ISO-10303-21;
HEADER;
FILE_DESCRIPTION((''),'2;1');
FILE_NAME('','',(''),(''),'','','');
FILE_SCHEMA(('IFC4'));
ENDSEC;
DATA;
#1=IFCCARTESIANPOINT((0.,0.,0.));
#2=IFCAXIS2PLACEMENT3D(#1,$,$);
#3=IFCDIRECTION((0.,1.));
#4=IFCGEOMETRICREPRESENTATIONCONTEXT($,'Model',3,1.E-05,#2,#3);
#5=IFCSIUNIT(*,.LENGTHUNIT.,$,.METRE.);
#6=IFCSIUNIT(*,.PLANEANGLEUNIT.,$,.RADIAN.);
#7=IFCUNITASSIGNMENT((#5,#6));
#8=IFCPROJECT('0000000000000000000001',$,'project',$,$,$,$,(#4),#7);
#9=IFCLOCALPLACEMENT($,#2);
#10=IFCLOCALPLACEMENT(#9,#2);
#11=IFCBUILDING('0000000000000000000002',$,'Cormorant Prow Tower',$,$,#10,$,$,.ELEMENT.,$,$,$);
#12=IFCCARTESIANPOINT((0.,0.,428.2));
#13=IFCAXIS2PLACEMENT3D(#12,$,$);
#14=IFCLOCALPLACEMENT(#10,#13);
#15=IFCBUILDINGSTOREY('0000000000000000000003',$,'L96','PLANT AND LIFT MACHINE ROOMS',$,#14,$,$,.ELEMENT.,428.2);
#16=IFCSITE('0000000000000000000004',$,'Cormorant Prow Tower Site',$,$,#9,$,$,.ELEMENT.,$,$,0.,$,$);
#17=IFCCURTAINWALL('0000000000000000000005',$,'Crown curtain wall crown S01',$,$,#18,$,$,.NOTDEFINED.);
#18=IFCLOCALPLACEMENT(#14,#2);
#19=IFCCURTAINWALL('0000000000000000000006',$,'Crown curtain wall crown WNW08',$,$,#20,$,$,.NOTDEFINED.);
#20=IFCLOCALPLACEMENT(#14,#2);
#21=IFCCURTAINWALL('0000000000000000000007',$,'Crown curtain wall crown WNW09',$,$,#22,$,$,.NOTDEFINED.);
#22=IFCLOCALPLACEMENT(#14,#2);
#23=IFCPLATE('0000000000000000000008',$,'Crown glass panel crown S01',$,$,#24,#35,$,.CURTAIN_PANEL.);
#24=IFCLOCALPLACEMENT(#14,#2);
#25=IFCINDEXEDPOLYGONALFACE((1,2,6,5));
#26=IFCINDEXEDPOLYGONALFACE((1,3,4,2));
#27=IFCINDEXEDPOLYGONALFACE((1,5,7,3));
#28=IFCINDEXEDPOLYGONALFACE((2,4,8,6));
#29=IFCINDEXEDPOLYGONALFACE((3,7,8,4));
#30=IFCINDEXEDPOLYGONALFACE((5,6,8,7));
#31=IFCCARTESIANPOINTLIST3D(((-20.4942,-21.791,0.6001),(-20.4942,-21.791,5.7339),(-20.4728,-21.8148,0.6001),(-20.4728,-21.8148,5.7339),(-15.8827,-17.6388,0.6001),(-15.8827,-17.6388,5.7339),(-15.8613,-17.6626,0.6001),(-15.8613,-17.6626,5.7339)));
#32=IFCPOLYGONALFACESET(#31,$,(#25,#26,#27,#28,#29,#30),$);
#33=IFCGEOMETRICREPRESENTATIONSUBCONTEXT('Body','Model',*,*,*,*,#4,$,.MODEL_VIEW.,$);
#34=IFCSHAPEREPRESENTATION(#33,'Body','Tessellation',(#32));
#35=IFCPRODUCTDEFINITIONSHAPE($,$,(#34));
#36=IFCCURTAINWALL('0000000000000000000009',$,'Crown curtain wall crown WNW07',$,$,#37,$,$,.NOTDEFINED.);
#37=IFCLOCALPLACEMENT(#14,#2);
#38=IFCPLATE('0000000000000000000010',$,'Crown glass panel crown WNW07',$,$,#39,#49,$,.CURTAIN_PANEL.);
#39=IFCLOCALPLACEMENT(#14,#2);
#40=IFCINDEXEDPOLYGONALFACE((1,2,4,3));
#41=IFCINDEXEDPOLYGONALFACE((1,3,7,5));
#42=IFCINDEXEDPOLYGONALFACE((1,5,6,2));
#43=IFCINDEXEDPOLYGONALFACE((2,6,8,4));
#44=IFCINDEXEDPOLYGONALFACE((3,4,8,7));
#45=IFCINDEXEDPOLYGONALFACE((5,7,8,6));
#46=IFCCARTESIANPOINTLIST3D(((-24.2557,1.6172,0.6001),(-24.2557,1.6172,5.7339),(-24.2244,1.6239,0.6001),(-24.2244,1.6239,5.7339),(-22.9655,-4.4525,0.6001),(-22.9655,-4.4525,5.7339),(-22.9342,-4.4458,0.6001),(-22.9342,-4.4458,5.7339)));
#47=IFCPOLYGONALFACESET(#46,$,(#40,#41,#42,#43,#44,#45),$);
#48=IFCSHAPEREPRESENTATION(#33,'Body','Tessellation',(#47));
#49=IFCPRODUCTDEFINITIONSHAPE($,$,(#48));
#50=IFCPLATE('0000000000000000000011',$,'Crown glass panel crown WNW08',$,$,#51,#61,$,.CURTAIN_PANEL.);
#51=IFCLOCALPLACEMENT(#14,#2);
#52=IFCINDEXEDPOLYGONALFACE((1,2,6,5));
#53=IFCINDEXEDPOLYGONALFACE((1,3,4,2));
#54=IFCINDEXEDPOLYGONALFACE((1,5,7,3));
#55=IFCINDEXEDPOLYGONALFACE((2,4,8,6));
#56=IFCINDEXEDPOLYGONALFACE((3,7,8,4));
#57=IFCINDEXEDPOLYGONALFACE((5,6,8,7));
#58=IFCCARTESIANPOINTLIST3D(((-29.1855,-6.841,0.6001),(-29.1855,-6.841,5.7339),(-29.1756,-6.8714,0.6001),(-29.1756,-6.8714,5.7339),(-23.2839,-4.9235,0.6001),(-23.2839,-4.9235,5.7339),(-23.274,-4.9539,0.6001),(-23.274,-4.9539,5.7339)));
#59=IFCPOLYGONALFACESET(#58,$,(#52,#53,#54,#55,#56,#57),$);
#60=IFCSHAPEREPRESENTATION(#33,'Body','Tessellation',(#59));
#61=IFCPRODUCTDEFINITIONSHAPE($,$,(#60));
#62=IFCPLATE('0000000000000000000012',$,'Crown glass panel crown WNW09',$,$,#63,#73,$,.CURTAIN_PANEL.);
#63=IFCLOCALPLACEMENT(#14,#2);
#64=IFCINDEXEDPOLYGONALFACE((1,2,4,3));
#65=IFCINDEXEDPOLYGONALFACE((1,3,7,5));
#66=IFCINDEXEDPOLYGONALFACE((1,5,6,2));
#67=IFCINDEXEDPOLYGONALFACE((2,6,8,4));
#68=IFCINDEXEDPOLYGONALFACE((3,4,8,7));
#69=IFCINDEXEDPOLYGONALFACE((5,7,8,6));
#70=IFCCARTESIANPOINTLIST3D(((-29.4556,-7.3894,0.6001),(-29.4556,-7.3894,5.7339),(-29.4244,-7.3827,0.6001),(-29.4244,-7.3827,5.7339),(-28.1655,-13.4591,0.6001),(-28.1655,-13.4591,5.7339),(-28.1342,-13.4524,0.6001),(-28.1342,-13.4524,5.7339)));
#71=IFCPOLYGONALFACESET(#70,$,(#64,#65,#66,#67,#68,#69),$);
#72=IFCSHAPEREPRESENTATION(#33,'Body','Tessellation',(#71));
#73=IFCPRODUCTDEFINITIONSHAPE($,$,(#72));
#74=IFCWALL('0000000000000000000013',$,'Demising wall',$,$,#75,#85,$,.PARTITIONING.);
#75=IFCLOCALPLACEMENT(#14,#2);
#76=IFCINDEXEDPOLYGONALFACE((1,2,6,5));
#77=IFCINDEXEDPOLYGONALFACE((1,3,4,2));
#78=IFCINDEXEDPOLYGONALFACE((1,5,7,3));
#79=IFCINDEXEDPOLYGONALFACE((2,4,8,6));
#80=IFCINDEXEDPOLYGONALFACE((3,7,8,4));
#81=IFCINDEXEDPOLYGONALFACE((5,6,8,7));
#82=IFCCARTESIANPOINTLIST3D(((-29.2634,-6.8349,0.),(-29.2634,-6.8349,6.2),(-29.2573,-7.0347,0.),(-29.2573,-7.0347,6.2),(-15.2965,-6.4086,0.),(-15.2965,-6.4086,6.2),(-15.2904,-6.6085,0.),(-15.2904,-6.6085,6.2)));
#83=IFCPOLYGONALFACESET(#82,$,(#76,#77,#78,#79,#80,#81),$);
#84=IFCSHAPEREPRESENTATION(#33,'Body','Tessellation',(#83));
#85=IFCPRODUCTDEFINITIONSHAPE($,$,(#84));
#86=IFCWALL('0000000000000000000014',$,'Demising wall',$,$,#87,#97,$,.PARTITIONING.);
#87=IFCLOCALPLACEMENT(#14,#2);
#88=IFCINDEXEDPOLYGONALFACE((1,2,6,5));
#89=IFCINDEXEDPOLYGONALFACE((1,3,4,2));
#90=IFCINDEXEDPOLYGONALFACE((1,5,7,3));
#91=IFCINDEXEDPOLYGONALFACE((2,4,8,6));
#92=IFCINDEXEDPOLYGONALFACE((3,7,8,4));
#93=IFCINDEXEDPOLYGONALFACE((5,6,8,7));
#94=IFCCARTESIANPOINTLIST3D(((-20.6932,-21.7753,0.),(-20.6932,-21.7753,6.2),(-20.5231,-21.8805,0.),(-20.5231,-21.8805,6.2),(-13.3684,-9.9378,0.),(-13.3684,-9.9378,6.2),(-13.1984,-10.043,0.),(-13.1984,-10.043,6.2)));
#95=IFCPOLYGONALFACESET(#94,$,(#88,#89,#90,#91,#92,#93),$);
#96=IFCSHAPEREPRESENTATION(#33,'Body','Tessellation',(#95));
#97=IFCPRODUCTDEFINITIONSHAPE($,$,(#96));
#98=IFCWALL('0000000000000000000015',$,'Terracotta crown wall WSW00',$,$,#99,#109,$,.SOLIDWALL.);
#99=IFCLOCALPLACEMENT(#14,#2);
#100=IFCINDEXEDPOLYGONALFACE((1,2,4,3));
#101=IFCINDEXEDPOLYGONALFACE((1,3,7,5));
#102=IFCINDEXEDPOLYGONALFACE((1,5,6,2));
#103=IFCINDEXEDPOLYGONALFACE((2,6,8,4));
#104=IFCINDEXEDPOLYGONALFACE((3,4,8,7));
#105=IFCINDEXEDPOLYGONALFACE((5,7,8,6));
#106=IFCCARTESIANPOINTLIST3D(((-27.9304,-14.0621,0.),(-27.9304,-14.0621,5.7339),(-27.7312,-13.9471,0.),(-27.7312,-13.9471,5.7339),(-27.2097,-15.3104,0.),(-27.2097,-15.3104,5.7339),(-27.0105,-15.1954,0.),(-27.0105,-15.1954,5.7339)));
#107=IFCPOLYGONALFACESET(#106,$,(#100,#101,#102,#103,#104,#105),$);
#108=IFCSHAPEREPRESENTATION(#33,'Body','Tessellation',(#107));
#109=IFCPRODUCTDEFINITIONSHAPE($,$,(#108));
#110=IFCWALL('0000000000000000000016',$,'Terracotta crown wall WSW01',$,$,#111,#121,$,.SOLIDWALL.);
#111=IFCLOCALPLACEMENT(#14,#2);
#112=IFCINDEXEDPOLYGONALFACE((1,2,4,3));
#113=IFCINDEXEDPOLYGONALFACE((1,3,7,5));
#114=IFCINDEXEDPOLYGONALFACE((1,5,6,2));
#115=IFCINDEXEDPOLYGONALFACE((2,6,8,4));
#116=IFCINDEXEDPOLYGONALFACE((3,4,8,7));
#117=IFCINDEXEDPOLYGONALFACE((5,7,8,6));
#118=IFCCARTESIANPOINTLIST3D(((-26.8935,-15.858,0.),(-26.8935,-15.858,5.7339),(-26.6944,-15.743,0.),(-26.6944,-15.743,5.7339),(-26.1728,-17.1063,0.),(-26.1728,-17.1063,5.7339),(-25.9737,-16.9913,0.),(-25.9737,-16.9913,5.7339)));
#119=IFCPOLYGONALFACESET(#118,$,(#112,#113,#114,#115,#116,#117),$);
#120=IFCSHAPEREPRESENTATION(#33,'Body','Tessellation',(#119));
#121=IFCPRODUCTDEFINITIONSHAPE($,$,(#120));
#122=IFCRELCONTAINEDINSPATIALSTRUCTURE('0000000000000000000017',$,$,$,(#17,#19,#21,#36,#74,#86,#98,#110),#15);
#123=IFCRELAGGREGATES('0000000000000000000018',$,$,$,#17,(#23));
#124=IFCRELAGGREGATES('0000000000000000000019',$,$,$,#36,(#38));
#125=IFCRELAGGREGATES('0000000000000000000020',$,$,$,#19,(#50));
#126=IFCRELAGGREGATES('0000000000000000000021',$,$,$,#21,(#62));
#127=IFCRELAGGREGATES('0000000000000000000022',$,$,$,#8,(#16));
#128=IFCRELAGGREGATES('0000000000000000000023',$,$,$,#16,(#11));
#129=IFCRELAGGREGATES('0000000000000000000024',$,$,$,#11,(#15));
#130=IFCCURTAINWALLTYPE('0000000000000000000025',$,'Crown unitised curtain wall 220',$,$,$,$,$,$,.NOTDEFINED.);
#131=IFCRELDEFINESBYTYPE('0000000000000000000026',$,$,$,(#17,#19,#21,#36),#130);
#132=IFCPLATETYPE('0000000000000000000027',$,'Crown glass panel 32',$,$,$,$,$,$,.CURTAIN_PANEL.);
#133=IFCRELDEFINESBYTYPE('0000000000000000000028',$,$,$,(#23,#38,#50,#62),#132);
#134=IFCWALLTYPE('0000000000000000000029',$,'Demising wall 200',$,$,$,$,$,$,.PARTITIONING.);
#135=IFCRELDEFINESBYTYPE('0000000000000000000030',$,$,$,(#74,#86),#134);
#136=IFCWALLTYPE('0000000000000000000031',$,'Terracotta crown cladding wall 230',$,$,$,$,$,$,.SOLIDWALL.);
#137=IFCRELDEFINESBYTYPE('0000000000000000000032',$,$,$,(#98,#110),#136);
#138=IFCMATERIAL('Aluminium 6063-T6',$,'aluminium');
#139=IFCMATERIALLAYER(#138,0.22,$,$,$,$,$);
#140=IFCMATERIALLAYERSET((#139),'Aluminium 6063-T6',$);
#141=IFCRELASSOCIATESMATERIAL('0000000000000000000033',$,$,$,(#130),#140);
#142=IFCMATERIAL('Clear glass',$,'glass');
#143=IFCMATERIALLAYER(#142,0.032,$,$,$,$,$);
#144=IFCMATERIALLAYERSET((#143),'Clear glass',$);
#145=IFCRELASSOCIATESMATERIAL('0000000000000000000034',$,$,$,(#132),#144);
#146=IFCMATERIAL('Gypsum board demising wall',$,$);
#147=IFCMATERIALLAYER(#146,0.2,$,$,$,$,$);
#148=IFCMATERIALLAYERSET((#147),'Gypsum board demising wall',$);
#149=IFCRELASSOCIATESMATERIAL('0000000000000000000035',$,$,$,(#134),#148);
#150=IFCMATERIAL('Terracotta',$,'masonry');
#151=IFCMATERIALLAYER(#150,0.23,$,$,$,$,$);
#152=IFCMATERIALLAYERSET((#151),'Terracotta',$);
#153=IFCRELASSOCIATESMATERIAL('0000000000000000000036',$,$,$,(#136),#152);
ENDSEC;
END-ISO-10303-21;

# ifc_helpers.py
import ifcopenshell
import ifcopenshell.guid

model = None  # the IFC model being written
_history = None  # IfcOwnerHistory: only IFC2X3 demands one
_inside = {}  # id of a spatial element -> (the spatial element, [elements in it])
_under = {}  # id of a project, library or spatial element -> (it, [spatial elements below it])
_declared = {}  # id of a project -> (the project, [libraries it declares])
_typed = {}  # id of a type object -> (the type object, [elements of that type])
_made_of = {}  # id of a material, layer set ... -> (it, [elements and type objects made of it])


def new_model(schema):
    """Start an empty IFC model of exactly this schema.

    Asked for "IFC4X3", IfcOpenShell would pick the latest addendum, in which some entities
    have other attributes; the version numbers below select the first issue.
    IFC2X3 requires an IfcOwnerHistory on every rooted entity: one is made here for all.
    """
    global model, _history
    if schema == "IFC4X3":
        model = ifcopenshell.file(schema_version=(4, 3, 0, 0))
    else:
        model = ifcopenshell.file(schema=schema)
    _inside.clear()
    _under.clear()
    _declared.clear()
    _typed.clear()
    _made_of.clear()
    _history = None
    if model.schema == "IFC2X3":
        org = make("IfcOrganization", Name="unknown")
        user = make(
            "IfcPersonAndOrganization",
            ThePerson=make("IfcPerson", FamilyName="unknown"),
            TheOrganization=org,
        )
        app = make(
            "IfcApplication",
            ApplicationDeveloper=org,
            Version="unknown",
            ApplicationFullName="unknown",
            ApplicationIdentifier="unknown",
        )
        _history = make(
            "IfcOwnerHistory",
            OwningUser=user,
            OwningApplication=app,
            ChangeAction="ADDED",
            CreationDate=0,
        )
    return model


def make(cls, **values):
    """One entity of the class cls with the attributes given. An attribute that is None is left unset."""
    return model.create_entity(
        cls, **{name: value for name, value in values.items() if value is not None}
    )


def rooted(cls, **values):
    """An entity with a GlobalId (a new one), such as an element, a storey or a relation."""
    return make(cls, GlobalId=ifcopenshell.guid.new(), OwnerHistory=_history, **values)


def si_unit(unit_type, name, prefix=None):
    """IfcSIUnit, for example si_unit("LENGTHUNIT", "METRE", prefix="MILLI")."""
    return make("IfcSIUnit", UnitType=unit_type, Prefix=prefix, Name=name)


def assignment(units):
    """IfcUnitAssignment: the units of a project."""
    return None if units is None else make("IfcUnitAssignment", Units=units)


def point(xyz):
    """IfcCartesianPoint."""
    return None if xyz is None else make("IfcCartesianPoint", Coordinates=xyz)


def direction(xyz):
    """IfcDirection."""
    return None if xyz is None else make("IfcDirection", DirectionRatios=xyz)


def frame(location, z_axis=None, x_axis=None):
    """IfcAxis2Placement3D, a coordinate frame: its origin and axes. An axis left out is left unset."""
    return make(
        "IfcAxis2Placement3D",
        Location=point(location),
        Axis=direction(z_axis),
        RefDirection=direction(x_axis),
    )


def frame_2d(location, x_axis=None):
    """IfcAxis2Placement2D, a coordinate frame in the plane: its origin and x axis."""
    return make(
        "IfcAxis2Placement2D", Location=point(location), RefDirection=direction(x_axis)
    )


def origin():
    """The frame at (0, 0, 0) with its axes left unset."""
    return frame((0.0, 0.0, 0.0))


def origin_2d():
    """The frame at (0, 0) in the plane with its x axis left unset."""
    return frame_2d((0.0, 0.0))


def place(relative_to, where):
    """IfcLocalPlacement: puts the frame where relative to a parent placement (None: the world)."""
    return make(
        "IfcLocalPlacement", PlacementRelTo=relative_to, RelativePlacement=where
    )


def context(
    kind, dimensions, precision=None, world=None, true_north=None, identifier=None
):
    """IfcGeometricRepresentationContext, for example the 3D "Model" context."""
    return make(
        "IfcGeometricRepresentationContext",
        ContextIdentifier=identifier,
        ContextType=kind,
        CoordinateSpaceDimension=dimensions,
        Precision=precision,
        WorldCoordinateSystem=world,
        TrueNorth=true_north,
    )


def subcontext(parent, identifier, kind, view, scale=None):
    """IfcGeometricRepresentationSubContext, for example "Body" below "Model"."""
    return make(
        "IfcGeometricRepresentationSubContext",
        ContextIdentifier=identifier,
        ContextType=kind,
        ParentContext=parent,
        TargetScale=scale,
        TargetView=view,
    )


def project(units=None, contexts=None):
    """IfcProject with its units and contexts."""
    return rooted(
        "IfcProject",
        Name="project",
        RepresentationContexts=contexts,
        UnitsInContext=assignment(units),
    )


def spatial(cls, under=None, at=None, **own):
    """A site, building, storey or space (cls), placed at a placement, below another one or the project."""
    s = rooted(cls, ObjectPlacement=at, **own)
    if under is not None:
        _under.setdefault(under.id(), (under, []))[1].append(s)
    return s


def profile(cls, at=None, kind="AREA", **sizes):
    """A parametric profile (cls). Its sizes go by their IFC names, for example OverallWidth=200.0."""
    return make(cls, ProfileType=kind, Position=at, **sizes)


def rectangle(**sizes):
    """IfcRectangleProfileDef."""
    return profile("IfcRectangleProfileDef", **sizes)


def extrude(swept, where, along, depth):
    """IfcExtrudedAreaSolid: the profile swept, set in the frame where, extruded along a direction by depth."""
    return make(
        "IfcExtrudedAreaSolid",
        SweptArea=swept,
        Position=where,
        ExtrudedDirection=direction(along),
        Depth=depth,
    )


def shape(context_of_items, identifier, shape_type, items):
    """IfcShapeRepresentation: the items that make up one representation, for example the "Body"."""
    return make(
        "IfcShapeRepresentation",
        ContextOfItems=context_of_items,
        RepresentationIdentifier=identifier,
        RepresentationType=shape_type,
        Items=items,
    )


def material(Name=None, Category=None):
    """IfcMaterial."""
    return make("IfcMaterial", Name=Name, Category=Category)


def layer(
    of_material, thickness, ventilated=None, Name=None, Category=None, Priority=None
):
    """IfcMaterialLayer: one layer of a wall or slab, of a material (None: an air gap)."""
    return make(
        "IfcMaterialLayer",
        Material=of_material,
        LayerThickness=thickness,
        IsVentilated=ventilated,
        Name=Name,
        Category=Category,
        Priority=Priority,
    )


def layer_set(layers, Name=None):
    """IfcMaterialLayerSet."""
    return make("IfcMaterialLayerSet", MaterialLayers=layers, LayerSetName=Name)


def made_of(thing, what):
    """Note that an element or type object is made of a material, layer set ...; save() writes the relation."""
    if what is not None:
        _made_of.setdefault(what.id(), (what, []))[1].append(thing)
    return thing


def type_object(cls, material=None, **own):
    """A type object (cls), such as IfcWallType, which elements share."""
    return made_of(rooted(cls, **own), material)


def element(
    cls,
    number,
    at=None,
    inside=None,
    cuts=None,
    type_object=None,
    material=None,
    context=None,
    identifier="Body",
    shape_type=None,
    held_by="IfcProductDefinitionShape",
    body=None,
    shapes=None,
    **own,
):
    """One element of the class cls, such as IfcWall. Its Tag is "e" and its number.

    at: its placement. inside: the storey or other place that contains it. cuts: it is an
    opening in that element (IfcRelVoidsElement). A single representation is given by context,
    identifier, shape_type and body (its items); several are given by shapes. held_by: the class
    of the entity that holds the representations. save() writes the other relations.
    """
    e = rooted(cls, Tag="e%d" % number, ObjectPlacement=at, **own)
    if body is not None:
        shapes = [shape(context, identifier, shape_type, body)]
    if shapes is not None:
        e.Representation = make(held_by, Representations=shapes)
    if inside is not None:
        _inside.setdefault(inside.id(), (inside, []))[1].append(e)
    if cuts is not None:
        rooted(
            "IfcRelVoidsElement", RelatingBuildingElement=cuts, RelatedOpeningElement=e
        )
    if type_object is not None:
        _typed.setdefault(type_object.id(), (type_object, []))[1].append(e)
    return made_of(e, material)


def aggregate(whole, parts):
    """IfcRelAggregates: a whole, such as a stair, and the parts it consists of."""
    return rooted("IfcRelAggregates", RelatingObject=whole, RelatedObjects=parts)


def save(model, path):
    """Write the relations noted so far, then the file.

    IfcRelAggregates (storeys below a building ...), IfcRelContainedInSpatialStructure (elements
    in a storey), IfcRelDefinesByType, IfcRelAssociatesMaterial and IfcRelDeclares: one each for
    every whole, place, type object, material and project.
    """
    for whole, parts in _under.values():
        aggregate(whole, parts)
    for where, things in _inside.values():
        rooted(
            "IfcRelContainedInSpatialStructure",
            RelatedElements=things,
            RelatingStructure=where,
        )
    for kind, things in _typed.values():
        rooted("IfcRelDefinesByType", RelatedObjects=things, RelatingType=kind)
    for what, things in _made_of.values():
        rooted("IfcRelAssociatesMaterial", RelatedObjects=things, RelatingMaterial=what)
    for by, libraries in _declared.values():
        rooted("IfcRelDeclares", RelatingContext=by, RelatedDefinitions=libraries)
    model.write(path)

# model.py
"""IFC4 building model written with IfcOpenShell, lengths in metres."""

from ifc_helpers import new_model, si_unit, direction, frame, frame_2d, origin, origin_2d, place, context, subcontext, project, spatial, rectangle, extrude, material, layer, layer_set, type_object, element, aggregate, save


model = new_model("IFC4")

# Units and contexts
model_context = context("Model", 3, precision=1e-05, world=origin(), true_north=direction((0.0, 1.0)))
body_context = subcontext(model_context, "Body", "Model", "MODEL_VIEW")
ifc_project = project(units=[si_unit("LENGTHUNIT", "METRE"), si_unit("PLANEANGLEUNIT", "RADIAN")], contexts=[model_context])

# Site, building, storey
site_placement = place(None, origin())
site = spatial("IfcSite", under=ifc_project, at=site_placement, Name="Cormorant Prow Tower Site", CompositionType="ELEMENT", RefElevation=0.0)
building_placement = place(site_placement, origin())
building = spatial("IfcBuilding", under=site, at=building_placement, Name="Cormorant Prow Tower", CompositionType="ELEMENT")
storey_placement = place(building_placement, frame((0.0, 0.0, 428.2)))
storey = spatial("IfcBuildingStorey", under=building, at=storey_placement, Name="L96", Description="PLANT AND LIFT MACHINE ROOMS", CompositionType="ELEMENT", Elevation=428.2)

# Curtain walls
ifc_material_1 = material(Name="Aluminium 6063-T6", Category="aluminium")
ifc_layer_1 = layer(ifc_material_1, 0.22)
ifc_layer_set_1 = layer_set([ifc_layer_1], Name="Aluminium 6063-T6")
curtain_wall_type = type_object("IfcCurtainWallType", Name="Crown unitised curtain wall 220", PredefinedType="NOTDEFINED", material=ifc_layer_set_1)
curtain_wall_1_placement = place(storey_placement, origin())
curtain_wall_1 = element("IfcCurtainWall", 1, at=curtain_wall_1_placement, inside=storey, type_object=curtain_wall_type, Name="Crown curtain wall crown S01", PredefinedType="NOTDEFINED")
curtain_wall_2_placement = place(storey_placement, origin())
curtain_wall_2 = element("IfcCurtainWall", 2, at=curtain_wall_2_placement, inside=storey, type_object=curtain_wall_type, Name="Crown curtain wall crown WNW08", PredefinedType="NOTDEFINED")
curtain_wall_3_placement = place(storey_placement, origin())
curtain_wall_3 = element("IfcCurtainWall", 3, at=curtain_wall_3_placement, inside=storey, type_object=curtain_wall_type, Name="Crown curtain wall crown WNW09", PredefinedType="NOTDEFINED")

# Plate
ifc_material_2 = material(Name="Clear glass", Category="glass")
ifc_layer_2 = layer(ifc_material_2, 0.032)
ifc_layer_set_2 = layer_set([ifc_layer_2], Name="Clear glass")
plate_type = type_object("IfcPlateType", Name="Crown glass panel 32", PredefinedType="CURTAIN_PANEL", material=ifc_layer_set_2)
plate_1_placement = place(storey_placement, frame((-18.1777, -19.7268, 0.6001), z_axis=(0.0, 0.0, 1.0), x_axis=(0.743145, 0.669131, 0.0)))
plate_1 = element("IfcPlate", 4, at=plate_1_placement, type_object=plate_type, Name="Crown glass panel crown S01", PredefinedType="CURTAIN_PANEL", context=body_context, shape_type="SweptSolid", body=[
    extrude(rectangle(XDim=6.2053, YDim=0.032, at=origin_2d()), origin(), (0.0, 0.0, 1.0), 5.1338),
])
aggregate(curtain_wall_1, [plate_1])

# Curtain wall, plate
curtain_wall_4_placement = place(storey_placement, origin())
curtain_wall_4 = element("IfcCurtainWall", 5, at=curtain_wall_4_placement, inside=storey, type_object=curtain_wall_type, Name="Crown curtain wall crown WNW07", PredefinedType="NOTDEFINED")
plate_2_placement = place(storey_placement, frame((-23.595, -1.4143, 0.6001), z_axis=(0.0, 0.0, 1.0), x_axis=(0.207912, -0.978148, 0.0)))
plate_2 = element("IfcPlate", 6, at=plate_2_placement, type_object=plate_type, Name="Crown glass panel crown WNW07", PredefinedType="CURTAIN_PANEL", context=body_context, shape_type="SweptSolid", body=[
    extrude(rectangle(XDim=6.2053, YDim=0.032, at=origin_2d()), origin(), (0.0, 0.0, 1.0), 5.1338),
])
aggregate(curtain_wall_4, [plate_2])

# Plates
plate_3_placement = place(storey_placement, frame((-26.2297, -5.8975, 0.6001), z_axis=(0.0, 0.0, 1.0), x_axis=(-0.951057, -0.309017, 0.0)))
plate_3 = element("IfcPlate", 7, at=plate_3_placement, type_object=plate_type, Name="Crown glass panel crown WNW08", PredefinedType="CURTAIN_PANEL", context=body_context, shape_type="SweptSolid", body=[
    extrude(rectangle(XDim=6.2053, YDim=0.032, at=origin_2d()), origin(), (0.0, 0.0, 1.0), 5.1338),
])
aggregate(curtain_wall_2, [plate_3])
plate_4_placement = place(storey_placement, frame((-28.7949, -10.4209, 0.6001), z_axis=(0.0, 0.0, 1.0), x_axis=(0.207912, -0.978148, 0.0)))
plate_4 = element("IfcPlate", 8, at=plate_4_placement, type_object=plate_type, Name="Crown glass panel crown WNW09", PredefinedType="CURTAIN_PANEL", context=body_context, shape_type="SweptSolid", body=[
    extrude(rectangle(XDim=6.2053, YDim=0.032, at=origin_2d()), origin(), (0.0, 0.0, 1.0), 5.1338),
])
aggregate(curtain_wall_3, [plate_4])

# Walls
ifc_material_3 = material(Name="Gypsum board demising wall")
ifc_layer_3 = layer(ifc_material_3, 0.2)
ifc_layer_set_3 = layer_set([ifc_layer_3], Name="Gypsum board demising wall")
wall_type_1 = type_object("IfcWallType", Name="Demising wall 200", PredefinedType="PARTITIONING", material=ifc_layer_set_3)
wall_1_placement = place(storey_placement, frame((-29.2605, -6.9348, 0.0), z_axis=(0.0, 0.0, 1.0), x_axis=(0.999535, 0.030506, 0.0)))
element("IfcWall", 9, at=wall_1_placement, inside=storey, type_object=wall_type_1, Name="Demising wall", PredefinedType="PARTITIONING", context=body_context, shape_type="SweptSolid", body=[
    extrude(rectangle(XDim=13.9734, YDim=0.2, at=frame_2d((6.9868, 0.0))), origin(), (0.0, 0.0, 1.0), 6.2),
])
wall_2_placement = place(storey_placement, frame((-20.6082, -21.8279, 0.0), z_axis=(0.0, 0.0, 1.0), x_axis=(0.526188, 0.850368, 0.0)))
element("IfcWall", 10, at=wall_2_placement, inside=storey, type_object=wall_type_1, Name="Demising wall", PredefinedType="PARTITIONING", context=body_context, shape_type="SweptSolid", body=[
    extrude(rectangle(XDim=13.9204, YDim=0.2, at=frame_2d((6.9602, 0.0))), origin(), (0.0, 0.0, 1.0), 6.2),
])
ifc_material_4 = material(Name="Terracotta", Category="masonry")
ifc_layer_4 = layer(ifc_material_4, 0.23)
ifc_layer_set_4 = layer_set([ifc_layer_4], Name="Terracotta")
wall_type_2 = type_object("IfcWallType", Name="Terracotta crown cladding wall 230", PredefinedType="SOLIDWALL", material=ifc_layer_set_4)
for number, where, z_axis, x_axis, name in (
    (11, (-27.8308, -14.0046, 0.0), (0.0, 0.0, 1.0), (0.500001, -0.866025, 0.0), "Terracotta crown wall WSW00"),
    (12, (-26.7939, -15.8005, 0.0), (0.0, 0.0, 1.0), (0.500001, -0.866025, 0.0), "Terracotta crown wall WSW01"),
):
    element("IfcWall", number, at=place(storey_placement, frame(where, z_axis=z_axis, x_axis=x_axis)), inside=storey, type_object=wall_type_2, Name=name, PredefinedType="SOLIDWALL", context=body_context, shape_type="SweptSolid", body=[
        extrude(rectangle(XDim=1.4414, YDim=0.23, at=frame_2d((0.7207, 0.0))), origin(), (0.0, 0.0, 1.0), 5.7339),
    ])

save(model, "model.ifc")
